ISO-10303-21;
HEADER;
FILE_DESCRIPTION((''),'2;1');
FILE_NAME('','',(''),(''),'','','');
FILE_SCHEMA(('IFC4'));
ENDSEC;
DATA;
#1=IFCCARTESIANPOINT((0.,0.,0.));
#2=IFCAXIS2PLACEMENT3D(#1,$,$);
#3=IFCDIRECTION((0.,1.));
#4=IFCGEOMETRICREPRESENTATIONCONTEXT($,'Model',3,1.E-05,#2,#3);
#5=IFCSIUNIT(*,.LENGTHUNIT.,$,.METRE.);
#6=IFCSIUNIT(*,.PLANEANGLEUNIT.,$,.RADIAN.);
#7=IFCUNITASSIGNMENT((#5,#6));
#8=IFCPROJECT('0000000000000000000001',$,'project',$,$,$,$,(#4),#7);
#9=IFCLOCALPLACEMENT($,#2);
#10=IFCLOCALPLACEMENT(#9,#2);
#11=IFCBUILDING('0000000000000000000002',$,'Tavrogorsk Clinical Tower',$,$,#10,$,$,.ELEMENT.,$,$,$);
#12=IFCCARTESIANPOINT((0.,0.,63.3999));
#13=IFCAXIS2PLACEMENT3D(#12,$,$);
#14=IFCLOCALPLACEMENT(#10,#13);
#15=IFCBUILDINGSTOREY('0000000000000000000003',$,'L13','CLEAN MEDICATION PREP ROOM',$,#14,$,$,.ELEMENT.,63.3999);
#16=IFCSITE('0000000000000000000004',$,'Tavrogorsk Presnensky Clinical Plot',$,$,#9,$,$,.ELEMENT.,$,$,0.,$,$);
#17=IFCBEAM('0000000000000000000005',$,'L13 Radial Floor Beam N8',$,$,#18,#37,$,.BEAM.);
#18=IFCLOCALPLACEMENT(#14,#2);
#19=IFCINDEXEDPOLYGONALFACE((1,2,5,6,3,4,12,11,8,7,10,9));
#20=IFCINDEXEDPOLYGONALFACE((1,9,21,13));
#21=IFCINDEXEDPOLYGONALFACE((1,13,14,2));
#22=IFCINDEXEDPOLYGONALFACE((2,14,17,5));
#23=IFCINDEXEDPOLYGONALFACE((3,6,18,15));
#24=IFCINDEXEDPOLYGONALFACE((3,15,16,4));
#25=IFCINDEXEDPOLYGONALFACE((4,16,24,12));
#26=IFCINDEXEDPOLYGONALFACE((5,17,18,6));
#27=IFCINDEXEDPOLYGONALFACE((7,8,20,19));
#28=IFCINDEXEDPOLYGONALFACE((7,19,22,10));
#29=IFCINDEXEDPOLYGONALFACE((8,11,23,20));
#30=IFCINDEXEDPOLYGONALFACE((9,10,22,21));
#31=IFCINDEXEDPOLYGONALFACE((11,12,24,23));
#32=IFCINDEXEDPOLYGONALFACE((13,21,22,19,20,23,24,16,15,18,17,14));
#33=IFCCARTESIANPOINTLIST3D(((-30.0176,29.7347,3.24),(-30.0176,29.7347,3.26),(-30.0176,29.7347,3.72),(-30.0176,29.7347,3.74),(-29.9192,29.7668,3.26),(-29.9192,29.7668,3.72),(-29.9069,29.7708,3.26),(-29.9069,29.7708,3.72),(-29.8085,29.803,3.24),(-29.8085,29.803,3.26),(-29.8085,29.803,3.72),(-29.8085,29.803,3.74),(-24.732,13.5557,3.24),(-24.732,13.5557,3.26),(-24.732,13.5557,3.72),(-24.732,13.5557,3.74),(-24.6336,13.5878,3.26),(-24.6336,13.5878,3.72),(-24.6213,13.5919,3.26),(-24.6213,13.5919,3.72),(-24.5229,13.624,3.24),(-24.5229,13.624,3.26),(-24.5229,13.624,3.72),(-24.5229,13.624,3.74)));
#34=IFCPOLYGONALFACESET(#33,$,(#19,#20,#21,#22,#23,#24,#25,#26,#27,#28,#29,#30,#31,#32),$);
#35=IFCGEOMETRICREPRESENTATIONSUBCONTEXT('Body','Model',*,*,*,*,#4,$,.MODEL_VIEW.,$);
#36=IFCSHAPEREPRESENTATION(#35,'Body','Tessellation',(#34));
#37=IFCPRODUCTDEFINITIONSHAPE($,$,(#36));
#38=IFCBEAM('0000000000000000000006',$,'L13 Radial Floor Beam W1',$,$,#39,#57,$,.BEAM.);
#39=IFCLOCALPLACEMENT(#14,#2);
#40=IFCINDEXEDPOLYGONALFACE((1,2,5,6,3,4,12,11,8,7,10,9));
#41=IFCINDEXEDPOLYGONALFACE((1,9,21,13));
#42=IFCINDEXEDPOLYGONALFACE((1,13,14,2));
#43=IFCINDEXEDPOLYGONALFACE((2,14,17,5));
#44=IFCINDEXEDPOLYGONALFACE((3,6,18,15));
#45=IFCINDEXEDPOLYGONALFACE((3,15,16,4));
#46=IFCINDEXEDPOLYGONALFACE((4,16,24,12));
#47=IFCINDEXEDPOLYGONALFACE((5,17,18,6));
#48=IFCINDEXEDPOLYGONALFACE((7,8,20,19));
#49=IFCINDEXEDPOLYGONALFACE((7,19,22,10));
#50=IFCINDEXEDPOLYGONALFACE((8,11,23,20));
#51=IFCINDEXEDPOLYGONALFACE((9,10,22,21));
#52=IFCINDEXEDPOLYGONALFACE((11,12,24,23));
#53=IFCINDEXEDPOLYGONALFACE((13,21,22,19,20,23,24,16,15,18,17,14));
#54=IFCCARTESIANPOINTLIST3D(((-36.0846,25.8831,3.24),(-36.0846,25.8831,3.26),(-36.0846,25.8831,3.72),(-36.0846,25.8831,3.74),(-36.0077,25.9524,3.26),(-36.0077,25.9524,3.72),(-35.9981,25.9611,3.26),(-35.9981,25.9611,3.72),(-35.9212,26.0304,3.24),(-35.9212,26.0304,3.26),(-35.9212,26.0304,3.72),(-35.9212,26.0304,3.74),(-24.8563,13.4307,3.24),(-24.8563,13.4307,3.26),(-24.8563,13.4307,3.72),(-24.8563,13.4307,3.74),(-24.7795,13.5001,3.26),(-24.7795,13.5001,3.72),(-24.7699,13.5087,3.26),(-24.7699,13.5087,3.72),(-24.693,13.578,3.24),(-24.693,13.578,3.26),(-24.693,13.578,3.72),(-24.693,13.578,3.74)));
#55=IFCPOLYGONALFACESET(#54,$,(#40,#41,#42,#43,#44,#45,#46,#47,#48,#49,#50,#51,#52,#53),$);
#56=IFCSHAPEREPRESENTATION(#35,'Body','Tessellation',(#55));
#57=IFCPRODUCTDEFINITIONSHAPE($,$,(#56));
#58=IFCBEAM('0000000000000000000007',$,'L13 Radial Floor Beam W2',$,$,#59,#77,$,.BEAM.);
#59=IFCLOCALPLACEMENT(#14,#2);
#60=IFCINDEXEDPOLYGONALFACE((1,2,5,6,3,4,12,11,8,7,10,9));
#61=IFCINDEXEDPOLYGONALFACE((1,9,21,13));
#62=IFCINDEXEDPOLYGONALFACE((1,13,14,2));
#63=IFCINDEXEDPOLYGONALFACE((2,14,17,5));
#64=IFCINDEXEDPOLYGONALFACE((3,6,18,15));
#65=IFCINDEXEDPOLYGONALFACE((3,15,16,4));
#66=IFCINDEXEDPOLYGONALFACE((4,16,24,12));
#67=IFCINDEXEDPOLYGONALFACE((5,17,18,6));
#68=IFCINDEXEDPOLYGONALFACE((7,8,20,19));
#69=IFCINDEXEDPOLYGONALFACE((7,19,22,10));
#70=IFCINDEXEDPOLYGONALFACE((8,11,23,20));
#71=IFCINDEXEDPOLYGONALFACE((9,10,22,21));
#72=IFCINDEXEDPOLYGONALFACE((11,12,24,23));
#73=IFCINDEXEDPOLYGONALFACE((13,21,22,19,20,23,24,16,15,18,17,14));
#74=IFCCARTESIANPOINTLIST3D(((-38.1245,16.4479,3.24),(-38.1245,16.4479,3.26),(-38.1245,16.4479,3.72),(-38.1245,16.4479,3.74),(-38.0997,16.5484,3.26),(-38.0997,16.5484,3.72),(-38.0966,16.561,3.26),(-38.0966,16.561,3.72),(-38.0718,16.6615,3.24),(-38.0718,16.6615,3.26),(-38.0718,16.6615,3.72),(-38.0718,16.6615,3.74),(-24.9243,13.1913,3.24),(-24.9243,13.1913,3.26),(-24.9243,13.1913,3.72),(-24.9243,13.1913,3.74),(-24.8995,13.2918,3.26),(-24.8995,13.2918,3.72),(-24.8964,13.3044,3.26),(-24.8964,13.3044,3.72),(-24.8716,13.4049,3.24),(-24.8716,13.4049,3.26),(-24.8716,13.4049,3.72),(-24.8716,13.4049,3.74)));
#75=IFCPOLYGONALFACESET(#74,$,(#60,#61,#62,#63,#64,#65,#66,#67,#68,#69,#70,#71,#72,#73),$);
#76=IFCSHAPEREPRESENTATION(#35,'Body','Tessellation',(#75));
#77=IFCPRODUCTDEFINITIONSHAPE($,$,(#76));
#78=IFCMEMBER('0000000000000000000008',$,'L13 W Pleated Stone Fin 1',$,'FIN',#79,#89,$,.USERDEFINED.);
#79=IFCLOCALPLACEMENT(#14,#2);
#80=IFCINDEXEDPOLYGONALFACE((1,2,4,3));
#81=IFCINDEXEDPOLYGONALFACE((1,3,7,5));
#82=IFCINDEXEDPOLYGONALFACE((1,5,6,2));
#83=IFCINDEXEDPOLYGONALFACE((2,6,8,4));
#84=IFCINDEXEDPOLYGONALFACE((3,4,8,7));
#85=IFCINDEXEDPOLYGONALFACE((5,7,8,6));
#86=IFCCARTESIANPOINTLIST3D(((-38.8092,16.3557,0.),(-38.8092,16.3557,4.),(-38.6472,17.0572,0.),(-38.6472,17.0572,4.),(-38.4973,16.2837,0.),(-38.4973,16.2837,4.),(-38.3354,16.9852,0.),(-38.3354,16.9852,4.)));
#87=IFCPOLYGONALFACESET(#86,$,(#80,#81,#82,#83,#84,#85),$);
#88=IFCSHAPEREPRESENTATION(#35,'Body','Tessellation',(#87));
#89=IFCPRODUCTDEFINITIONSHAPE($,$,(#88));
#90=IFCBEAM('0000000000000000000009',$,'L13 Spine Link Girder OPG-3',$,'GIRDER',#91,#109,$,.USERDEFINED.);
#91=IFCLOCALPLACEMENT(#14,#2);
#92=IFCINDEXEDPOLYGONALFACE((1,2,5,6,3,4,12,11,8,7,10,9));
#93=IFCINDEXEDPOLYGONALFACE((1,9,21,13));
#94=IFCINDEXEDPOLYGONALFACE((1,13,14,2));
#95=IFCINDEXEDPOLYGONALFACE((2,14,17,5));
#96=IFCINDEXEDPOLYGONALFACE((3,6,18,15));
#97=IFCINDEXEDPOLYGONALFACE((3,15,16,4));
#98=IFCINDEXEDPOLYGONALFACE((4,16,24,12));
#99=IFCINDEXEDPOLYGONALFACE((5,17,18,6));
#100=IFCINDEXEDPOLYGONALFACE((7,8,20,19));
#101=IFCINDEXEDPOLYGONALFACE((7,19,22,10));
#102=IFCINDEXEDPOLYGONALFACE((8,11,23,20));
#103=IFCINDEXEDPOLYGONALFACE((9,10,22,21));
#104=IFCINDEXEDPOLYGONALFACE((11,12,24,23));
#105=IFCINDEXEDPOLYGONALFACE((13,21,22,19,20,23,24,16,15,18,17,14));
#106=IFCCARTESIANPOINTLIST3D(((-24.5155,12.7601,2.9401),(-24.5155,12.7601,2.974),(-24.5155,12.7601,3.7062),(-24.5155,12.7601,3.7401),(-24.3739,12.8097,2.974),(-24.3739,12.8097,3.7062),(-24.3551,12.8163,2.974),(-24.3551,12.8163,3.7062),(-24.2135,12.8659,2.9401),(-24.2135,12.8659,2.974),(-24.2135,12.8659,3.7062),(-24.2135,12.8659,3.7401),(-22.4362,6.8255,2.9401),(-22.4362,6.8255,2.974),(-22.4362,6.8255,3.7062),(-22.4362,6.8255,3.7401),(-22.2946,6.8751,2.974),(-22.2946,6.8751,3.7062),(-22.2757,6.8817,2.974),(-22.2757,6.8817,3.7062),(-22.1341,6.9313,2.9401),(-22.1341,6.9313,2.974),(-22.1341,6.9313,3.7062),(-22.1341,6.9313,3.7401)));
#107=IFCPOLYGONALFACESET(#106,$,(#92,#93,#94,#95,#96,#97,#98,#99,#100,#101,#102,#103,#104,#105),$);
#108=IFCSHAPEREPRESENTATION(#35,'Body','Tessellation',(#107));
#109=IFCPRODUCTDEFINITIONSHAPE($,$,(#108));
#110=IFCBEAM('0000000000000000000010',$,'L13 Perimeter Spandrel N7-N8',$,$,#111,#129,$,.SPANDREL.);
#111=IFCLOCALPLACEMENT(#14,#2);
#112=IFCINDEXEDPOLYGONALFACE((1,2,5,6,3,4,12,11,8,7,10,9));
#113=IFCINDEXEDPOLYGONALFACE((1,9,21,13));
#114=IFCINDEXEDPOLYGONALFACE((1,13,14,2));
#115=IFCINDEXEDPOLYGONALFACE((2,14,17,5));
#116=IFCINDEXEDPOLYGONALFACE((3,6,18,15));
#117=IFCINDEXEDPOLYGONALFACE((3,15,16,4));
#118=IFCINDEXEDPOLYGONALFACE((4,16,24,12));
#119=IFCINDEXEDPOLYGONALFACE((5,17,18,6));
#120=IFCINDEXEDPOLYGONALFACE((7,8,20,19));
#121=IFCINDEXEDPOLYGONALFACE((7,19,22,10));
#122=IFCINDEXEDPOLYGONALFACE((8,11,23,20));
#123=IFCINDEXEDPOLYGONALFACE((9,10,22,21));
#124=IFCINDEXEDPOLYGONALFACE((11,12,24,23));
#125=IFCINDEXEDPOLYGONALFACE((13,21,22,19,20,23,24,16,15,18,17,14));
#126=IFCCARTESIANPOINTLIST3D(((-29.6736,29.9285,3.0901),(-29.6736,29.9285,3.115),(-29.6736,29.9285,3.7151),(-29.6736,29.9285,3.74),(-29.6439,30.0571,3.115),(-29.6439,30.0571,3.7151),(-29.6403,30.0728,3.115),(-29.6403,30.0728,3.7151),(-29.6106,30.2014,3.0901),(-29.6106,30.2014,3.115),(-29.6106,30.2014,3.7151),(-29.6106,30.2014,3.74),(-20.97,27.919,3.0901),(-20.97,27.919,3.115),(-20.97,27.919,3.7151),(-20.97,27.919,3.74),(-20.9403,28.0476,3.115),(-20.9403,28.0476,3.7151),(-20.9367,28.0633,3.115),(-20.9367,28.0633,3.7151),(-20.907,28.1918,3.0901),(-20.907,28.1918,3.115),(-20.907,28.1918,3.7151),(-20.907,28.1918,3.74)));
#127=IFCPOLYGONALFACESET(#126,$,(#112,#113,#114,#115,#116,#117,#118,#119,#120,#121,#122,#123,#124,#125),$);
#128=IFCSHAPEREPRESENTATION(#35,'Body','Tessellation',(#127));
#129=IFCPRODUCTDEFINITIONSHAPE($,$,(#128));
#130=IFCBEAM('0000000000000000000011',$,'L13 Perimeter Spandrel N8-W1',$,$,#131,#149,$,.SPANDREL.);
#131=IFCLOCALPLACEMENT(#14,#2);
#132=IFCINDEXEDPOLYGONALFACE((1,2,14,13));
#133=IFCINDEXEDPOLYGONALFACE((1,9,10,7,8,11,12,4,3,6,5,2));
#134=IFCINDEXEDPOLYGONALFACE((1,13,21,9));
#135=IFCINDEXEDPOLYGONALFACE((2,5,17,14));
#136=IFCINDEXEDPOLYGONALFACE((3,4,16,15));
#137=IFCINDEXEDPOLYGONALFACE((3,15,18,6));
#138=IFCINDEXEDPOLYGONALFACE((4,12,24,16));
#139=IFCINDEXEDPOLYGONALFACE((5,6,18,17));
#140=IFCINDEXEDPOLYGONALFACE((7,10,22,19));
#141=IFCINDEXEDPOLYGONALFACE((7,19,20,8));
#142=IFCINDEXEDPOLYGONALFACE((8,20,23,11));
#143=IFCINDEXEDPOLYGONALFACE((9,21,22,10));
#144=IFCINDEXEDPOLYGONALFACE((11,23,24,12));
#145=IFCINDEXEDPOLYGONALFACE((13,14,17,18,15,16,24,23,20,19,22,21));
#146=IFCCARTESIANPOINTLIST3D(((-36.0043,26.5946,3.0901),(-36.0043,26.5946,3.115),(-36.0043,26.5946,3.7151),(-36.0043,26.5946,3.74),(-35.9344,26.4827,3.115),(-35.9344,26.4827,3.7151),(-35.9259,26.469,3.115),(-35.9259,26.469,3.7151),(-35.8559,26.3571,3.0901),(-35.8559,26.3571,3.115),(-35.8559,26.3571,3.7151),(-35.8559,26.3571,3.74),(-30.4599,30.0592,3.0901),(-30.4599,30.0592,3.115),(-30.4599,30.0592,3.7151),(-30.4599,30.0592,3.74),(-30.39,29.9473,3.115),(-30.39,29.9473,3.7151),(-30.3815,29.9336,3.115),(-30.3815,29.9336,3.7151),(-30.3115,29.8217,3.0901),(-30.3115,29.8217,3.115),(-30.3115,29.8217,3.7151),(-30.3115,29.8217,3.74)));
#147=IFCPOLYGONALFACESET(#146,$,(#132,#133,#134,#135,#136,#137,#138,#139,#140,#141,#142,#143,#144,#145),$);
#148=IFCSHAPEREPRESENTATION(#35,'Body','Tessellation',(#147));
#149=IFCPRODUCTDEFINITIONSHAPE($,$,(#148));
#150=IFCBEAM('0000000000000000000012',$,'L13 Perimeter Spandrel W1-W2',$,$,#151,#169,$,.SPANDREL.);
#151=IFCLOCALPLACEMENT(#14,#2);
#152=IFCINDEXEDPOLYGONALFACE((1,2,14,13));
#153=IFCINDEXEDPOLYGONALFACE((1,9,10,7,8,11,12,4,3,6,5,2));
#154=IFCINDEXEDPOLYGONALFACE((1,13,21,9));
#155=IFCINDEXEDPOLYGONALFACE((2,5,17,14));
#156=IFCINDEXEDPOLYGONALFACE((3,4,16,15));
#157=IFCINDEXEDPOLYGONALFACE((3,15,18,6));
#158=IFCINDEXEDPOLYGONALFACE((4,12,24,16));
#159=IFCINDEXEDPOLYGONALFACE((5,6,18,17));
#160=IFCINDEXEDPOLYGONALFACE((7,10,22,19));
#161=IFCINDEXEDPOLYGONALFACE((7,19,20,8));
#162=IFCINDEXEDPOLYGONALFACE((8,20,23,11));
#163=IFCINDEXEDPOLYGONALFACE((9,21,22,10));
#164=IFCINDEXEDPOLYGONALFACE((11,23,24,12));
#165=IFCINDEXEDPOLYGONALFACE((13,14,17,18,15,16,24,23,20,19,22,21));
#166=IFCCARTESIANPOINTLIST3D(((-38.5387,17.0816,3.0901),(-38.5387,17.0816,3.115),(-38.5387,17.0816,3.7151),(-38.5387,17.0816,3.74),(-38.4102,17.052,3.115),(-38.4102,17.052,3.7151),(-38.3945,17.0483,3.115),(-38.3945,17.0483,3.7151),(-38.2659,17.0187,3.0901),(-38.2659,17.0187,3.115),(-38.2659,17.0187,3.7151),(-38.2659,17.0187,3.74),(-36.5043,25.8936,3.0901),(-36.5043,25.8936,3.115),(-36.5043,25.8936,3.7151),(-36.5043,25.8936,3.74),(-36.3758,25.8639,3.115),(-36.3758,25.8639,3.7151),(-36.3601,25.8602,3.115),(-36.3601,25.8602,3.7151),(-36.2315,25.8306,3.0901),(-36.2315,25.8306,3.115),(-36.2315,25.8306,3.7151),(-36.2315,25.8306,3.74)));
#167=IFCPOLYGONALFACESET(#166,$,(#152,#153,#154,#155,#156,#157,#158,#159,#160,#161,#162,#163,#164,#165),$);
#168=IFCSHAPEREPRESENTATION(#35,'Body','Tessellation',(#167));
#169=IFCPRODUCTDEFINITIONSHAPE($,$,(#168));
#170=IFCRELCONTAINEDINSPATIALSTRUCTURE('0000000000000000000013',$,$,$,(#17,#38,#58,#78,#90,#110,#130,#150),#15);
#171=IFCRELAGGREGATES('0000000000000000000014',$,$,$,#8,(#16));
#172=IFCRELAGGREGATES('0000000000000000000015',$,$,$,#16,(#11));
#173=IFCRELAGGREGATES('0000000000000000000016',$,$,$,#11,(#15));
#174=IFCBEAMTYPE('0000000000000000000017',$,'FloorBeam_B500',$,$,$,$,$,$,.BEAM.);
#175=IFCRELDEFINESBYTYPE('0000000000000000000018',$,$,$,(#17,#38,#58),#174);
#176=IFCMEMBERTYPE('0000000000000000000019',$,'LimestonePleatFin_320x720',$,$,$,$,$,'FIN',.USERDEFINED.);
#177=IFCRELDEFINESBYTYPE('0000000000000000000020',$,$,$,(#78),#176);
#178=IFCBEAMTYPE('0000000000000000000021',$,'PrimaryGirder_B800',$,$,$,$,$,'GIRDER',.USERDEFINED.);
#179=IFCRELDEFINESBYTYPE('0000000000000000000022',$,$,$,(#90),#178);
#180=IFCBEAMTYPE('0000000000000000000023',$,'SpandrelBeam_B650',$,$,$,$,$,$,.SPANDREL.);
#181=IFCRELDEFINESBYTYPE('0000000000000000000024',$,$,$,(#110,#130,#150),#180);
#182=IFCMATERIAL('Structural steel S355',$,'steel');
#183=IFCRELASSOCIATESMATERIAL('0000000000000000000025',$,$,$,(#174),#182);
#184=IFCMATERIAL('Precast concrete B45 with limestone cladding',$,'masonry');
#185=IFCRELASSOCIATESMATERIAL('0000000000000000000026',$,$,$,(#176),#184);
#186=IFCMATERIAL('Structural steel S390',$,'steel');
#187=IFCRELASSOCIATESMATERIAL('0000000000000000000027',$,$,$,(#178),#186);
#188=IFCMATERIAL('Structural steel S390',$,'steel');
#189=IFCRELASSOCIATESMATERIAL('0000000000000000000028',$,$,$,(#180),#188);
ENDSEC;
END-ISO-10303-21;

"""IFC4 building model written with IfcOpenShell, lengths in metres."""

from ifc_helpers import new_model, si_unit, direction, frame, origin, origin_2d, place, context, subcontext, project, spatial, rectangle, i_section, extrude, material, material_profile, profile_set, type_object, element, save


model = new_model("IFC4")

# Units and contexts
model_context = context("Model", 3, precision=1e-05, world=origin(), true_north=direction((0.0, 1.0)))
body_context = subcontext(model_context, "Body", "Model", "MODEL_VIEW")
ifc_project = project(units=[si_unit("LENGTHUNIT", "METRE"), si_unit("PLANEANGLEUNIT", "RADIAN")], contexts=[model_context])

# Site, building, storey
site_placement = place(None, origin())
site = spatial("IfcSite", under=ifc_project, at=site_placement, Name="Tavrogorsk Presnensky Clinical Plot", CompositionType="ELEMENT", RefElevation=0.0)
building_placement = place(site_placement, origin())
building = spatial("IfcBuilding", under=site, at=building_placement, Name="Tavrogorsk Clinical Tower", CompositionType="ELEMENT")
storey_placement = place(building_placement, frame((0.0, 0.0, 63.3999)))
storey = spatial("IfcBuildingStorey", under=building, at=storey_placement, Name="L13", Description="CLEAN MEDICATION PREP ROOM", CompositionType="ELEMENT", Elevation=63.3999)

# Beams
ifc_material_1 = material(Name="Structural steel S355", Category="steel")
ifc_material_profile_1 = material_profile(ifc_material_1, i_section(OverallWidth=0.22, OverallDepth=0.5, WebThickness=0.0129, FlangeThickness=0.02, at=origin_2d()), Name="B-500x220x13x20")
ifc_profile_set_1 = profile_set([ifc_material_profile_1], Name="Structural steel S355")
beam_type_1 = type_object("IfcBeamType", Name="FloorBeam_B500", PredefinedType="BEAM", material=ifc_profile_set_1)
beam_1_placement = place(storey_placement, frame((-24.6274, 13.5898, 3.49), z_axis=(-0.310546, 0.950558, 0.0), x_axis=(-0.950558, -0.310546, 0.0)))
element("IfcBeam", 1, at=beam_1_placement, inside=storey, type_object=beam_type_1, Name="L13 Radial Floor Beam N8", PredefinedType="BEAM", context=body_context, shape_type="SweptSolid", body=[
    extrude(i_section(OverallWidth=0.22, OverallDepth=0.5, WebThickness=0.0129, FlangeThickness=0.02, at=origin_2d()), origin(), (0.0, 0.0, 1.0), 17.0205),
])
beam_2_placement = place(storey_placement, frame((-24.7747, 13.5044, 3.49), z_axis=(-0.66966, 0.742668, 0.0), x_axis=(-0.742668, -0.66966, 0.0)))
element("IfcBeam", 2, at=beam_2_placement, inside=storey, type_object=beam_type_1, Name="L13 Radial Floor Beam W1", PredefinedType="BEAM", context=body_context, shape_type="SweptSolid", body=[
    extrude(i_section(OverallWidth=0.22, OverallDepth=0.5, WebThickness=0.0129, FlangeThickness=0.02, at=origin_2d()), origin(), (0.0, 0.0, 1.0), 16.7671),
])
beam_3_placement = place(storey_placement, frame((-24.8979, 13.2981, 3.49), z_axis=(-0.97089, 0.239526, 0.0), x_axis=(-0.239526, -0.97089, 0.0)))
element("IfcBeam", 3, at=beam_3_placement, inside=storey, type_object=beam_type_1, Name="L13 Radial Floor Beam W2", PredefinedType="BEAM", context=body_context, shape_type="SweptSolid", body=[
    extrude(i_section(OverallWidth=0.22, OverallDepth=0.5, WebThickness=0.0129, FlangeThickness=0.02, at=origin_2d()), origin(), (0.0, 0.0, 1.0), 13.5959),
])

# Member
ifc_material_2 = material(Name="Precast concrete B45 with limestone cladding", Category="masonry")
ifc_material_profile_2 = material_profile(ifc_material_2, rectangle(XDim=0.3201, YDim=0.72, at=origin_2d()), Name="LIMESTONE-FIN-320x720")
ifc_profile_set_2 = profile_set([ifc_material_profile_2], Name="Precast concrete B45 with limestone cladding")
member_type_1 = type_object("IfcMemberType", Name="LimestonePleatFin_320x720", ElementType="FIN", PredefinedType="USERDEFINED", material=ifc_profile_set_2)
member_1_placement = place(storey_placement, frame((-38.5723, 16.6704, 0.0), z_axis=(0.0, 0.0, 1.0), x_axis=(0.97437, -0.224951, 0.0)))
element("IfcMember", 4, at=member_1_placement, inside=storey, type_object=member_type_1, Name="L13 W Pleated Stone Fin 1", ObjectType="FIN", PredefinedType="USERDEFINED", context=body_context, shape_type="SweptSolid", body=[
    extrude(rectangle(XDim=0.3201, YDim=0.72, at=origin_2d()), origin(), (0.0, 0.0, 1.0), 4.0),
])

# Beams
ifc_material_3 = material(Name="Structural steel S390", Category="steel")
ifc_material_profile_3 = material_profile(ifc_material_3, i_section(OverallWidth=0.3201, OverallDepth=0.8, WebThickness=0.02, FlangeThickness=0.0339, at=origin_2d()), Name="B-800x320x20x34")
ifc_profile_set_3 = profile_set([ifc_material_profile_3], Name="Structural steel S390")
beam_type_2 = type_object("IfcBeamType", Name="PrimaryGirder_B800", ElementType="GIRDER", PredefinedType="USERDEFINED", material=ifc_profile_set_3)
beam_4_placement = place(storey_placement, frame((-24.3645, 12.813, 3.3401), z_axis=(0.330669, -0.943747, 0.0), x_axis=(0.943747, 0.330669, 0.0)))
element("IfcBeam", 5, at=beam_4_placement, inside=storey, type_object=beam_type_2, Name="L13 Spine Link Girder OPG-3", ObjectType="GIRDER", PredefinedType="USERDEFINED", context=body_context, shape_type="SweptSolid", body=[
    extrude(i_section(OverallWidth=0.3201, OverallDepth=0.8, WebThickness=0.02, FlangeThickness=0.0339, at=origin_2d()), origin(), (0.0, 0.0, 1.0), 6.2883),
])
ifc_material_4 = material(Name="Structural steel S390", Category="steel")
ifc_material_profile_4 = material_profile(ifc_material_4, i_section(OverallWidth=0.28, OverallDepth=0.6499, WebThickness=0.0161, FlangeThickness=0.0249, at=origin_2d()), Name="B-650x280x16x25")
ifc_profile_set_4 = profile_set([ifc_material_profile_4], Name="Structural steel S390")
beam_type_3 = type_object("IfcBeamType", Name="SpandrelBeam_B650", PredefinedType="SPANDREL", material=ifc_profile_set_4)
beam_5_placement = place(storey_placement, frame((-20.9385, 28.0554, 3.415), z_axis=(-0.974367, 0.224965, 0.0), x_axis=(-0.224965, -0.974367, 0.0)))
element("IfcBeam", 6, at=beam_5_placement, inside=storey, type_object=beam_type_3, Name="L13 Perimeter Spandrel N7-N8", PredefinedType="SPANDREL", context=body_context, shape_type="SweptSolid", body=[
    extrude(i_section(OverallWidth=0.28, OverallDepth=0.6499, WebThickness=0.0161, FlangeThickness=0.0249, at=origin_2d()), origin(), (0.0, 0.0, 1.0), 8.9326),
])
beam_6_placement = place(storey_placement, frame((-30.3857, 29.9404, 3.415), z_axis=(-0.848044, -0.529925, 0.0), x_axis=(0.529925, -0.848044, 0.0)))
element("IfcBeam", 7, at=beam_6_placement, inside=storey, type_object=beam_type_3, Name="L13 Perimeter Spandrel N8-W1", PredefinedType="SPANDREL", context=body_context, shape_type="SweptSolid", body=[
    extrude(i_section(OverallWidth=0.28, OverallDepth=0.6499, WebThickness=0.0161, FlangeThickness=0.0249, at=origin_2d()), origin(), (0.0, 0.0, 1.0), 6.5378),
])
beam_7_placement = place(storey_placement, frame((-36.3679, 25.8621, 3.415), z_axis=(-0.224952, -0.97437, 0.0), x_axis=(0.97437, -0.224952, 0.0)))
element("IfcBeam", 8, at=beam_7_placement, inside=storey, type_object=beam_type_3, Name="L13 Perimeter Spandrel W1-W2", PredefinedType="SPANDREL", context=body_context, shape_type="SweptSolid", body=[
    extrude(i_section(OverallWidth=0.28, OverallDepth=0.6499, WebThickness=0.0161, FlangeThickness=0.0249, at=origin_2d()), origin(), (0.0, 0.0, 1.0), 9.0437),
])

save(model, "model.ifc")
